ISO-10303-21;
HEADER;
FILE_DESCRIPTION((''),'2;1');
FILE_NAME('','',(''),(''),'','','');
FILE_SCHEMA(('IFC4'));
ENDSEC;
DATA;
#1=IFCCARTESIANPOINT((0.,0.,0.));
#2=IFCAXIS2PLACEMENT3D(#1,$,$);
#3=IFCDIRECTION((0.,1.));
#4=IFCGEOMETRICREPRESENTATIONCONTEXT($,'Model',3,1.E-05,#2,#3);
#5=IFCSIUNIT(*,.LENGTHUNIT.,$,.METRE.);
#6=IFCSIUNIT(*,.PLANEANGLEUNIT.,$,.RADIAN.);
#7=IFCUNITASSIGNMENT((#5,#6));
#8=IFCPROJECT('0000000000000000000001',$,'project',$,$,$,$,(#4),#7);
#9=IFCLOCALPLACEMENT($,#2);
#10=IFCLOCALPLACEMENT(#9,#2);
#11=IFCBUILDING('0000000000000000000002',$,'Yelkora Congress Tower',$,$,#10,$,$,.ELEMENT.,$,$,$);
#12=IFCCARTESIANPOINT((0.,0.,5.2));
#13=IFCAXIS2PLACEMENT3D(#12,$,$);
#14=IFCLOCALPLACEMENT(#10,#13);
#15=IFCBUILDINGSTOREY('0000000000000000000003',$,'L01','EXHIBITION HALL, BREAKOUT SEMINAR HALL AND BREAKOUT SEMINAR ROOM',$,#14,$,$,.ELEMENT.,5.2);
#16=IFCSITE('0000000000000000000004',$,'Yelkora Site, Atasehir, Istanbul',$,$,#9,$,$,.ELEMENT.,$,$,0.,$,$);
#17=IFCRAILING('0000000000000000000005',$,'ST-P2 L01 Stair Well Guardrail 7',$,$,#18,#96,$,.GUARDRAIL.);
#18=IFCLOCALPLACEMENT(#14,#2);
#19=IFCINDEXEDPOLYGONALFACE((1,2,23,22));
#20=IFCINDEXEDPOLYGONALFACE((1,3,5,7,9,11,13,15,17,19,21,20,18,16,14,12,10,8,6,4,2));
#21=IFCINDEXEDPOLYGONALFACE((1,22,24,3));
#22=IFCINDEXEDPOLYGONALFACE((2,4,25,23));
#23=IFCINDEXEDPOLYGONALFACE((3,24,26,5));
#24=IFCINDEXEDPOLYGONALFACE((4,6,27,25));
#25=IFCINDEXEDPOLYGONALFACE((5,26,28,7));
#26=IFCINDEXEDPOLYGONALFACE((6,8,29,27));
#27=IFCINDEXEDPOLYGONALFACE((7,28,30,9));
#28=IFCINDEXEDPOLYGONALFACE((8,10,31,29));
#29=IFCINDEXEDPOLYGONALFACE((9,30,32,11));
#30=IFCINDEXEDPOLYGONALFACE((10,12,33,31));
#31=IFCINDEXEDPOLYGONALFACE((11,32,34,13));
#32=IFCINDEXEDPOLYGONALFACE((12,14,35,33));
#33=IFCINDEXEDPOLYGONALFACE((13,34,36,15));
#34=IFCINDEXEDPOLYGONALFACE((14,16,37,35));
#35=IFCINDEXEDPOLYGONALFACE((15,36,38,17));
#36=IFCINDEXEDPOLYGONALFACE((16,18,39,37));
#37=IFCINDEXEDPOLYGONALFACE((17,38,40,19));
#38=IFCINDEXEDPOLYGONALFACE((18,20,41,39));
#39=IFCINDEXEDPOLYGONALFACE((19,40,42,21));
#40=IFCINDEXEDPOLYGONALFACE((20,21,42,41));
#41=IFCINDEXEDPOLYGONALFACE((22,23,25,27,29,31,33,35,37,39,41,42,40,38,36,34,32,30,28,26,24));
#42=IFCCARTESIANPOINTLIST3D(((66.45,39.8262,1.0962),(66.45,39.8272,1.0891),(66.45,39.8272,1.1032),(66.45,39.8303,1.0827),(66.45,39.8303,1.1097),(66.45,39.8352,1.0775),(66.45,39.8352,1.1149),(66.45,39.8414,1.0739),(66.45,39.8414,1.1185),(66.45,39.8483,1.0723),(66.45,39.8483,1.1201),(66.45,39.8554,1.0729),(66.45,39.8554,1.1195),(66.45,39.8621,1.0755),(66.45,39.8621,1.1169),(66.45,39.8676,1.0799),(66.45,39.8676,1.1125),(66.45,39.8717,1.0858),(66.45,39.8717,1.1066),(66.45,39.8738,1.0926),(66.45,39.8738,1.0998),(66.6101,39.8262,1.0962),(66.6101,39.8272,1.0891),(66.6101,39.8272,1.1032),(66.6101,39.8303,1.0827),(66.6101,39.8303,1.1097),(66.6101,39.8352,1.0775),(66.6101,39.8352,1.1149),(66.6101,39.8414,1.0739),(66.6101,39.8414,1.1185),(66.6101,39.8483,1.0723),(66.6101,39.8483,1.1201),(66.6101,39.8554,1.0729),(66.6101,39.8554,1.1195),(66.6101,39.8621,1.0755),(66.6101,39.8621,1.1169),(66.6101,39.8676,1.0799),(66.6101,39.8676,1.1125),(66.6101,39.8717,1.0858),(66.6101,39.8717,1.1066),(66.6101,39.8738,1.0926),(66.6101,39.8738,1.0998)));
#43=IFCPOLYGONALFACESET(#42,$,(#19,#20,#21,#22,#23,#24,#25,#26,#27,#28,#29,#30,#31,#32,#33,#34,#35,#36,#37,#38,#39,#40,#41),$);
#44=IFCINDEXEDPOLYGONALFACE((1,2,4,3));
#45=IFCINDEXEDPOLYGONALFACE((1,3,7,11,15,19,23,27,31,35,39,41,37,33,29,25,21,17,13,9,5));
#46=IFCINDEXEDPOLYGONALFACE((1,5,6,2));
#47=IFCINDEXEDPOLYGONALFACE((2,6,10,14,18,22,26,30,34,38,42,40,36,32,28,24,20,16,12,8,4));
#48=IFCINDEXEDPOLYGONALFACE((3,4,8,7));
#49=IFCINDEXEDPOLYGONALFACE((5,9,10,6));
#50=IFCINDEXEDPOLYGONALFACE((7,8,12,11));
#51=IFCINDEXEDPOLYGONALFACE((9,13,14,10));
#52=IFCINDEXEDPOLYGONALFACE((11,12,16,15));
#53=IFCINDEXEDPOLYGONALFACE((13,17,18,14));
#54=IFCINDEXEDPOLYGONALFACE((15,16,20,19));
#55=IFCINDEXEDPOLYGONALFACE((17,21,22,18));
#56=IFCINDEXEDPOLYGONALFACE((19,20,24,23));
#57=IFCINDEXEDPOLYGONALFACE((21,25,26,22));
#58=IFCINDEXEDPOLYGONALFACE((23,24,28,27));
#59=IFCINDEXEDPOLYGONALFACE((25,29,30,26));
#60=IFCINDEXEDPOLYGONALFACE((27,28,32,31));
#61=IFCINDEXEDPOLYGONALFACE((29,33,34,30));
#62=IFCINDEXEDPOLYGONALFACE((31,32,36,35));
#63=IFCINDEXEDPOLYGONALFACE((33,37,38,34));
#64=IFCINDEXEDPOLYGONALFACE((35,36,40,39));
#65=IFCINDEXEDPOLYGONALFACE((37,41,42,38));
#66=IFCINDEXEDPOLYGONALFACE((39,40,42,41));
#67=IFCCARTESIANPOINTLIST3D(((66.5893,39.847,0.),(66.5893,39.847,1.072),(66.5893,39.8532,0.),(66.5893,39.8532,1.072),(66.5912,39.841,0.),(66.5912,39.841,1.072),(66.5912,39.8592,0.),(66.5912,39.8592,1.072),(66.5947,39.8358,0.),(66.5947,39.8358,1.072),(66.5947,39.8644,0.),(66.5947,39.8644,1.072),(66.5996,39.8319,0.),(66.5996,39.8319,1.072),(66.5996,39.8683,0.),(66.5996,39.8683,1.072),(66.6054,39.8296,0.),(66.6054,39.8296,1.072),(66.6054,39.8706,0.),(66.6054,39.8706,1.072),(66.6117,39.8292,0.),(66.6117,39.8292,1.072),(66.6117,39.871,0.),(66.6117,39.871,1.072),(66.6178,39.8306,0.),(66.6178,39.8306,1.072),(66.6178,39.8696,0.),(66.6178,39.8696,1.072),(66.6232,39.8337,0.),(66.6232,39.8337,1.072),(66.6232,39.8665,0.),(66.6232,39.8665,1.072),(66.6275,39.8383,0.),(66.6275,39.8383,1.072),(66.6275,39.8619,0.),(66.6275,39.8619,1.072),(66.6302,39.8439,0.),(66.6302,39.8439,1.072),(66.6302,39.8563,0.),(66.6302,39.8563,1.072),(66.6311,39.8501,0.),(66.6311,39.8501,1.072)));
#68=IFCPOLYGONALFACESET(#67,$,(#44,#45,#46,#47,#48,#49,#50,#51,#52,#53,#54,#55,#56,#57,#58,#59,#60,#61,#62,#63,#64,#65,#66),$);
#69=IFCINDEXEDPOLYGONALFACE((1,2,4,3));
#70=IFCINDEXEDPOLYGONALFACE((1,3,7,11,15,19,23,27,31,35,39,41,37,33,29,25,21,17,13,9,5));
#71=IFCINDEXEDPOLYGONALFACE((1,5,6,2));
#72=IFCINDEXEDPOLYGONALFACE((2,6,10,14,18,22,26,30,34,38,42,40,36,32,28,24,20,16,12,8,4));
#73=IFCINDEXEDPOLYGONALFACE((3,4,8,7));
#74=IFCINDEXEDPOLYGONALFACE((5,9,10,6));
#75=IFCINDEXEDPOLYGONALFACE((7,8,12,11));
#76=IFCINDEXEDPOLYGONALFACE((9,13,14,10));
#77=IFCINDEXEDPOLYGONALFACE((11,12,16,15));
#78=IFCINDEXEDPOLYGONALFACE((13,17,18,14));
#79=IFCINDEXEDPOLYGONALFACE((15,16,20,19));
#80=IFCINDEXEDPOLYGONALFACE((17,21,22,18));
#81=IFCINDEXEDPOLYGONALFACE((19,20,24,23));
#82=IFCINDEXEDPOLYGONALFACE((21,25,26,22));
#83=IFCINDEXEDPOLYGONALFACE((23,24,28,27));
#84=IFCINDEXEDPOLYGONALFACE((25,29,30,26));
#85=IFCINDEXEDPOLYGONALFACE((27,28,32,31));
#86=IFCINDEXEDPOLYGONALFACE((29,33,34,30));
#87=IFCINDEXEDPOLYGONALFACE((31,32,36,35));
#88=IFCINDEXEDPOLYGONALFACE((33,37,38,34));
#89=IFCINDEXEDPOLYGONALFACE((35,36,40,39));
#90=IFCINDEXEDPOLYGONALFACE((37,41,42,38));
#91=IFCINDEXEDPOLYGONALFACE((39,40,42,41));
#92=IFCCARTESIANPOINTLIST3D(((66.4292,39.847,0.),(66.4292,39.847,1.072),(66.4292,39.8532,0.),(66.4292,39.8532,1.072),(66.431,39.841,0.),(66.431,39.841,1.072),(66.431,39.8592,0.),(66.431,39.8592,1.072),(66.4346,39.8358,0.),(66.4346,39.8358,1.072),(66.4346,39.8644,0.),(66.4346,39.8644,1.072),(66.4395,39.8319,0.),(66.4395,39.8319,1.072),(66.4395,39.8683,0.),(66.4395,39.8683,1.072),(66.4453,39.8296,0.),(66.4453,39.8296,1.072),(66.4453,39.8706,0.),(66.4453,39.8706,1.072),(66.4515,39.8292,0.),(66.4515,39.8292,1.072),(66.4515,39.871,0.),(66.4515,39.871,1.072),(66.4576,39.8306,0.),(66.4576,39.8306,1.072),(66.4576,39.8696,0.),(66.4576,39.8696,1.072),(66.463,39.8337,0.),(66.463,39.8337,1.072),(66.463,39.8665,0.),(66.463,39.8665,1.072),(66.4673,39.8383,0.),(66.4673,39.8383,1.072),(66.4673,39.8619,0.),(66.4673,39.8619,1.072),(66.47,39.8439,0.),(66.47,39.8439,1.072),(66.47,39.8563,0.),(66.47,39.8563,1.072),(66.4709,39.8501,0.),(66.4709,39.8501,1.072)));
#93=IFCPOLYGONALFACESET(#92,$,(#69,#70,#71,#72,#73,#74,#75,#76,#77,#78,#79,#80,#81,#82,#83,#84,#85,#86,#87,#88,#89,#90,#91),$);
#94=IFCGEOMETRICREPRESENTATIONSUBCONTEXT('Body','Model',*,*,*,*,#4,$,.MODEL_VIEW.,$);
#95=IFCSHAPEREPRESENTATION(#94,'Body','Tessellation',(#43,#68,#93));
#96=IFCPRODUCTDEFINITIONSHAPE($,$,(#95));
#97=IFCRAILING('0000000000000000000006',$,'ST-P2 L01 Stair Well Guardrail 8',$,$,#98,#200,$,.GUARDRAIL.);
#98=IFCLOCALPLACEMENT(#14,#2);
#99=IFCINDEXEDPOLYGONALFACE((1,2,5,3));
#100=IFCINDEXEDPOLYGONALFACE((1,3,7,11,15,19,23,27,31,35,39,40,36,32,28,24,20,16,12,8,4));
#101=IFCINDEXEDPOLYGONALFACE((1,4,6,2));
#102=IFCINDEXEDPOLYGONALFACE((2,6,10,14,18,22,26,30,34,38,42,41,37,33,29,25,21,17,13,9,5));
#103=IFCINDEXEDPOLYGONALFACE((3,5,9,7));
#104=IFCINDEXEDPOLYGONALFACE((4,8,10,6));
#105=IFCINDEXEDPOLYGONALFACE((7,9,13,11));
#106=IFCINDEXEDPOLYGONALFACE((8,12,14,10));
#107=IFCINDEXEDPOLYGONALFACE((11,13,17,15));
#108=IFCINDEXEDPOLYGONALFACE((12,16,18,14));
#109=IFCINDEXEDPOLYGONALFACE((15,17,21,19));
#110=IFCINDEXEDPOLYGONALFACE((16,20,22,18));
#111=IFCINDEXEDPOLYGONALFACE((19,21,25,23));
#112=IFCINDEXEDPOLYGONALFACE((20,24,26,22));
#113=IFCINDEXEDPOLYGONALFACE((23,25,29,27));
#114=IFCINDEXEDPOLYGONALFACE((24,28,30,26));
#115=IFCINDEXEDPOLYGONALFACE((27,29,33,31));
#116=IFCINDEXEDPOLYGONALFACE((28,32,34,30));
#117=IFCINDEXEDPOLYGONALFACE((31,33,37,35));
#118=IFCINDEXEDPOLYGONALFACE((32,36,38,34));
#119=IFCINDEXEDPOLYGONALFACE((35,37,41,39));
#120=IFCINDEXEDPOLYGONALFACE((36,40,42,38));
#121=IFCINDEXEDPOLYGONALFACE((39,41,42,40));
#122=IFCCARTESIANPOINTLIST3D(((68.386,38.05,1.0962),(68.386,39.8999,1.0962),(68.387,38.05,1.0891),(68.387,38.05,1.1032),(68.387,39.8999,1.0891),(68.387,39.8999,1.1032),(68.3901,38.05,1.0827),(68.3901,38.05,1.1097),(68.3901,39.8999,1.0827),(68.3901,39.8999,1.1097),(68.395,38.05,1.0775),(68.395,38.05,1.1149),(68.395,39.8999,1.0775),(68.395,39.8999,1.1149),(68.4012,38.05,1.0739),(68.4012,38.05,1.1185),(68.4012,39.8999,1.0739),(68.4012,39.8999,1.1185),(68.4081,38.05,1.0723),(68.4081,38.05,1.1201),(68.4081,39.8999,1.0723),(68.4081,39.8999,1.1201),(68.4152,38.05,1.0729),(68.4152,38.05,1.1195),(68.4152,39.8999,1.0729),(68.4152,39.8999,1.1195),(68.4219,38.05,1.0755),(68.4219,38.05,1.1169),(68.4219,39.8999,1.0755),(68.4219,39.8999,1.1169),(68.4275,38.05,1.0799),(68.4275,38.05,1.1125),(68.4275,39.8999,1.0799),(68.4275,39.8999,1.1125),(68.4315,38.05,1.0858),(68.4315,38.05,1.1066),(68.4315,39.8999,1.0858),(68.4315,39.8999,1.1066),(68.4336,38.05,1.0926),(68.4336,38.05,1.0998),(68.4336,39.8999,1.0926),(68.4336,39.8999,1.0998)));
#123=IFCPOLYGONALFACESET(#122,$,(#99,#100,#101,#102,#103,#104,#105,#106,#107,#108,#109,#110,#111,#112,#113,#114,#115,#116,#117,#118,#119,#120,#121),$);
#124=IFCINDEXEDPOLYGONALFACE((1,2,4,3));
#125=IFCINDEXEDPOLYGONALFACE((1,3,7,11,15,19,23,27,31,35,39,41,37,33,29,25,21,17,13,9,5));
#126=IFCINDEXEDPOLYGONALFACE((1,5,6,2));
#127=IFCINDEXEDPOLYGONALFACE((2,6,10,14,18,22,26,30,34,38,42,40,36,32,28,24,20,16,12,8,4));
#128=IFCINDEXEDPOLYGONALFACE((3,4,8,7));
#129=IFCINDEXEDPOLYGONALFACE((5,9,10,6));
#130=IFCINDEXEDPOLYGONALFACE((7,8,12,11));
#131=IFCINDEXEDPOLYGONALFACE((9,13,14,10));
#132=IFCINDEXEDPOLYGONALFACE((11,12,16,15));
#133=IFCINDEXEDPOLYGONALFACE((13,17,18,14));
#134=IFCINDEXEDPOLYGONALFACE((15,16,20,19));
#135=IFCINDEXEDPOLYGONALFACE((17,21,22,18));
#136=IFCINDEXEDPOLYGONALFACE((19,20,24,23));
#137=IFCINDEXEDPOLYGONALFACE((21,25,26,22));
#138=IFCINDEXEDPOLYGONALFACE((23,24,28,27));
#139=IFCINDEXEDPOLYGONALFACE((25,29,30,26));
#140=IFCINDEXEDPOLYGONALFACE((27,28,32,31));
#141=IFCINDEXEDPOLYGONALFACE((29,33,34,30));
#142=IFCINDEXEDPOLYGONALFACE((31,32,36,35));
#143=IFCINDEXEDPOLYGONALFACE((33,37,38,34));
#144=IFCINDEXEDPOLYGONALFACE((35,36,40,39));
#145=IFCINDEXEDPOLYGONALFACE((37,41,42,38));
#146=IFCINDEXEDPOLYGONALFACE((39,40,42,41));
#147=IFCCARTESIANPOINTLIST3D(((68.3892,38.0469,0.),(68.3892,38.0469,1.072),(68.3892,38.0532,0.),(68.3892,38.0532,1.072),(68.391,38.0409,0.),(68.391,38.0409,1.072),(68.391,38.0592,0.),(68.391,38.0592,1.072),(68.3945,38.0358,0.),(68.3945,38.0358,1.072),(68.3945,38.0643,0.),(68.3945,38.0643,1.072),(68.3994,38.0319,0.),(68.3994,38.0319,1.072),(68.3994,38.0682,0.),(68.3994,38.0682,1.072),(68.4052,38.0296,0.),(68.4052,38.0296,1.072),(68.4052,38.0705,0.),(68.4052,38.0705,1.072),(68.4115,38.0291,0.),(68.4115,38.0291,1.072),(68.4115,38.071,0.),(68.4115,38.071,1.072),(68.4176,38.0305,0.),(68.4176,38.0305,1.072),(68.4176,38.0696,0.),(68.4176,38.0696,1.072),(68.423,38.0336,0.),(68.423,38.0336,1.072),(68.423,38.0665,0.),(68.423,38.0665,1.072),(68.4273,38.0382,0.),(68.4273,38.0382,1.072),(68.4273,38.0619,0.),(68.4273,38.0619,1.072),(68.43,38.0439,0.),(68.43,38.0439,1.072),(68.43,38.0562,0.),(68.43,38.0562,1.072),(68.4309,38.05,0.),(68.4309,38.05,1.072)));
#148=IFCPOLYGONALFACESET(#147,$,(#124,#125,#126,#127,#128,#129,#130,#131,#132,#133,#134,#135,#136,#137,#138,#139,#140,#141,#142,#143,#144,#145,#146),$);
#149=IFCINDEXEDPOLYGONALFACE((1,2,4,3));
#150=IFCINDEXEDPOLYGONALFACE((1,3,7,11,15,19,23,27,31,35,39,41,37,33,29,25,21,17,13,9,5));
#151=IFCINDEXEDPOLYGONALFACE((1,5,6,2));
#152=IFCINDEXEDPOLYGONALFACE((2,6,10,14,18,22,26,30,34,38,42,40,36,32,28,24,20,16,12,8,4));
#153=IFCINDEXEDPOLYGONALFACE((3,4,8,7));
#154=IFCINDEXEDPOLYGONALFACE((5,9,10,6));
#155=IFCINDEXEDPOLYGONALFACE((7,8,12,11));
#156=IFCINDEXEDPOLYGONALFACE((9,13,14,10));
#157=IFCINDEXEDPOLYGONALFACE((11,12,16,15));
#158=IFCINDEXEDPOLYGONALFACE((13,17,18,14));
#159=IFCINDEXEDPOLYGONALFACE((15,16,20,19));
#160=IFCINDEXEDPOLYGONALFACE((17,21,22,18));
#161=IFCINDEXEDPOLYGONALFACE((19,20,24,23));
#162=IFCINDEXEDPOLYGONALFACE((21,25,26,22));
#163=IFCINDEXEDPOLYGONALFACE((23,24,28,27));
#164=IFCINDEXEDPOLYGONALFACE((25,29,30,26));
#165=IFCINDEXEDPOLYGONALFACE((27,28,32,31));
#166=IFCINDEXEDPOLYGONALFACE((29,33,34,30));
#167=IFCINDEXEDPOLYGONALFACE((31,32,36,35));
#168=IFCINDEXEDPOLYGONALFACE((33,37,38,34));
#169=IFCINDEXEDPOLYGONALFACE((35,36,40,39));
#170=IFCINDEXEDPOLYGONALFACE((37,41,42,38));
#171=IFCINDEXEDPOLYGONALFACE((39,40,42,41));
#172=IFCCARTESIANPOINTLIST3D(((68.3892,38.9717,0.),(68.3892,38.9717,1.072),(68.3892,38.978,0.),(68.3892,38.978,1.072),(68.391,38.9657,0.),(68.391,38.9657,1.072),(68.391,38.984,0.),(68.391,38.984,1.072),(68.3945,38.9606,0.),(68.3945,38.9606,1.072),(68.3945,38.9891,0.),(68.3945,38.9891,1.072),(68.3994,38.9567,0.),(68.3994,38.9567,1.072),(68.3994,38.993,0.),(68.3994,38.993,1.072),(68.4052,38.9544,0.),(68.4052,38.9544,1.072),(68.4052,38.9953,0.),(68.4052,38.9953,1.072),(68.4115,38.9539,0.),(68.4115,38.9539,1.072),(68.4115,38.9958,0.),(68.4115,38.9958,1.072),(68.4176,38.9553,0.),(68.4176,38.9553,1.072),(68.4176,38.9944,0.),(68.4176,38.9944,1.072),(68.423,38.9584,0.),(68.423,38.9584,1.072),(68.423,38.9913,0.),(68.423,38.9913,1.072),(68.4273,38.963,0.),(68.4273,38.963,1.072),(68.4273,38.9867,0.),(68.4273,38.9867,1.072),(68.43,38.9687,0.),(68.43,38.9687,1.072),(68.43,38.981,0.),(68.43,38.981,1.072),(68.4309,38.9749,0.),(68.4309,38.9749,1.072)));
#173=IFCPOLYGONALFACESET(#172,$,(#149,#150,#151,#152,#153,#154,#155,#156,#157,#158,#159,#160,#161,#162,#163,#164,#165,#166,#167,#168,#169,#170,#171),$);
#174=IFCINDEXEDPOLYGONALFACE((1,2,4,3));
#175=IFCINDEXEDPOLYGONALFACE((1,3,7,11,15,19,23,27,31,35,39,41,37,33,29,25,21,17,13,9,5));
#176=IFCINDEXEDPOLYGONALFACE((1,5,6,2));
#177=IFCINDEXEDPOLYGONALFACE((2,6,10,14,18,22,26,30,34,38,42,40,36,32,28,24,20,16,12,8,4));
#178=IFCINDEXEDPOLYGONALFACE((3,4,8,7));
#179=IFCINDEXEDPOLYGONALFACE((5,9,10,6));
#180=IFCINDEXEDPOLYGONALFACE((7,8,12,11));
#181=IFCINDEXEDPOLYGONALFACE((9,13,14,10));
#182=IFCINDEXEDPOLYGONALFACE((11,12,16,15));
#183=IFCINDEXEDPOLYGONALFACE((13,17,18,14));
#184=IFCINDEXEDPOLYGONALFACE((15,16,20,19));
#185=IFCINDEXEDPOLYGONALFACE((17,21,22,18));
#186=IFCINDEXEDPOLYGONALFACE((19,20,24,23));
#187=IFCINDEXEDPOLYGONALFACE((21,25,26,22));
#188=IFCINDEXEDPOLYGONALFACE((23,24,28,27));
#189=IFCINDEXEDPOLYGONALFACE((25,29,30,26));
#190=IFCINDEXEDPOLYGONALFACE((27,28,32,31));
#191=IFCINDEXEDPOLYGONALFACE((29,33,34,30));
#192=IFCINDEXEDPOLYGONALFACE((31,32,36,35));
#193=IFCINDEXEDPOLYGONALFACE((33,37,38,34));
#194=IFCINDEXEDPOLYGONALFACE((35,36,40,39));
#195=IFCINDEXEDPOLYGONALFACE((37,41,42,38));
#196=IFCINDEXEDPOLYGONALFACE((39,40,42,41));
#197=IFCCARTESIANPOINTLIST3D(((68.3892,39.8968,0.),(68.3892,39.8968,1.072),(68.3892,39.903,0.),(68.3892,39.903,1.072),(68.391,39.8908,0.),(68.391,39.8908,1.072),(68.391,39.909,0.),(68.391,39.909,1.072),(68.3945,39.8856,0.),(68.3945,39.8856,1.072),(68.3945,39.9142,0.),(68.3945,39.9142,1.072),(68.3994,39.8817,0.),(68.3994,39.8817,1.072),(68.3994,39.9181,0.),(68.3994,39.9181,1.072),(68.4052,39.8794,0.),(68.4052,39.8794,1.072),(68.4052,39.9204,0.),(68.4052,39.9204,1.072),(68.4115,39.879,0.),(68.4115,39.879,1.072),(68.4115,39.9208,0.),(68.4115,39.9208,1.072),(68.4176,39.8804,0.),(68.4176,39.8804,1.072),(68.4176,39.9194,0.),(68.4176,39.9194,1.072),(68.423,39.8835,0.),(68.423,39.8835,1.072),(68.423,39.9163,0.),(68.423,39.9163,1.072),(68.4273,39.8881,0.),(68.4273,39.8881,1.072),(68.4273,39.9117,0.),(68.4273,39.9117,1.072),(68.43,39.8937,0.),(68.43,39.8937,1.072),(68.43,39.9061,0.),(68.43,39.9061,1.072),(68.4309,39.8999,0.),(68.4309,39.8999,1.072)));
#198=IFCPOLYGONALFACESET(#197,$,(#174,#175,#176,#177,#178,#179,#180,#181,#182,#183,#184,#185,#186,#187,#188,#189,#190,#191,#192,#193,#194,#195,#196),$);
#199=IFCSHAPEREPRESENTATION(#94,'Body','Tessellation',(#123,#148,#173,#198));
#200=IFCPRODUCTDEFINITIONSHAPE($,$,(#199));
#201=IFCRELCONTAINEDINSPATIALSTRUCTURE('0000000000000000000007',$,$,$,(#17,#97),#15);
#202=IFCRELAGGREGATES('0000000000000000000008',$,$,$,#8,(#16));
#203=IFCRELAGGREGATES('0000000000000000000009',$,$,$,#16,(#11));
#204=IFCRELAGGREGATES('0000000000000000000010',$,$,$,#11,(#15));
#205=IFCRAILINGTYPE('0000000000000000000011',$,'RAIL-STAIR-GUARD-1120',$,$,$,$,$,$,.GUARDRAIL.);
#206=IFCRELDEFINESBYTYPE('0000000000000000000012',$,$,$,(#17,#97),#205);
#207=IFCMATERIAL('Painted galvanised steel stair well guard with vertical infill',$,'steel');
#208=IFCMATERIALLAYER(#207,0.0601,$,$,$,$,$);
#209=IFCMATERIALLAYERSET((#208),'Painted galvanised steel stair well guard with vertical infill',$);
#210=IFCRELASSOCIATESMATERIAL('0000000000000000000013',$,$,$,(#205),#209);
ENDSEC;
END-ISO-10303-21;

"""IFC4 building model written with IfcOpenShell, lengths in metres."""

from ifc_helpers import new_model, si_unit, direction, frame, origin, origin_2d, place, context, subcontext, project, spatial, circle, extrude, material, layer, layer_set, type_object, element, save


model = new_model("IFC4")

# Units and contexts
model_context = context("Model", 3, precision=1e-05, world=origin(), true_north=direction((0.0, 1.0)))
body_context = subcontext(model_context, "Body", "Model", "MODEL_VIEW")
ifc_project = project(units=[si_unit("LENGTHUNIT", "METRE"), si_unit("PLANEANGLEUNIT", "RADIAN")], contexts=[model_context])

# Site, building, storey
site_placement = place(None, origin())
site = spatial("IfcSite", under=ifc_project, at=site_placement, Name="Yelkora Site, Atasehir, Istanbul", CompositionType="ELEMENT", RefElevation=0.0)
building_placement = place(site_placement, origin())
building = spatial("IfcBuilding", under=site, at=building_placement, Name="Yelkora Congress Tower", CompositionType="ELEMENT")
storey_placement = place(building_placement, frame((0.0, 0.0, 5.2)))
storey = spatial("IfcBuildingStorey", under=building, at=storey_placement, Name="L01", Description="EXHIBITION HALL, BREAKOUT SEMINAR HALL AND BREAKOUT SEMINAR ROOM", CompositionType="ELEMENT", Elevation=5.2)

# Railings
ifc_material_1 = material(Name="Painted galvanised steel stair well guard with vertical infill", Category="steel")
ifc_layer_1 = layer(ifc_material_1, 0.0601)
ifc_layer_set_1 = layer_set([ifc_layer_1], Name="Painted galvanised steel stair well guard with vertical infill")
railing_type = type_object("IfcRailingType", Name="RAIL-STAIR-GUARD-1120", PredefinedType="GUARDRAIL", material=ifc_layer_set_1)
railing_1_placement = place(storey_placement, frame((66.6101, 39.8501, 0.0)))
element("IfcRailing", 1, at=railing_1_placement, inside=storey, type_object=railing_type, Name="ST-P2 L01 Stair Well Guardrail 7", PredefinedType="GUARDRAIL", context=body_context, shape_type="SweptSolid", body=[
    extrude(circle(Radius=0.0239, at=origin_2d()), frame((0.0, 0.0, 1.0962), z_axis=(-1.0, 0.0, 0.0), x_axis=(0.0, -1.0, 0.0)), (0.0, 0.0, 1.0), 0.1602),
    extrude(circle(Radius=0.021, at=origin_2d()), origin(), (0.0, 0.0, 1.0), 1.072),
    extrude(circle(Radius=0.021, at=origin_2d()), frame((-0.1602, 0.0, 0.0)), (0.0, 0.0, 1.0), 1.072),
])
for number, where, name in (
    (2, (68.4099, 38.05, 0.0), "ST-P2 L01 Stair Well Guardrail 8"),
):
    element("IfcRailing", number, at=place(storey_placement, frame(where)), inside=storey, type_object=railing_type, Name=name, PredefinedType="GUARDRAIL", context=body_context, shape_type="SweptSolid", body=[
        extrude(circle(Radius=0.0239, at=origin_2d()), frame((0.0, 0.0, 1.0962), z_axis=(0.0, 1.0, 0.0), x_axis=(-1.0, 0.0, 0.0)), (0.0, 0.0, 1.0), 1.8499),
        extrude(circle(Radius=0.021, at=origin_2d()), origin(), (0.0, 0.0, 1.0), 1.072),
        extrude(circle(Radius=0.021, at=origin_2d()), frame((0.0, 0.9248, 0.0)), (0.0, 0.0, 1.0), 1.072),
        extrude(circle(Radius=0.021, at=origin_2d()), frame((0.0, 1.8499, 0.0)), (0.0, 0.0, 1.0), 1.072),
    ])

save(model, "model.ifc")
